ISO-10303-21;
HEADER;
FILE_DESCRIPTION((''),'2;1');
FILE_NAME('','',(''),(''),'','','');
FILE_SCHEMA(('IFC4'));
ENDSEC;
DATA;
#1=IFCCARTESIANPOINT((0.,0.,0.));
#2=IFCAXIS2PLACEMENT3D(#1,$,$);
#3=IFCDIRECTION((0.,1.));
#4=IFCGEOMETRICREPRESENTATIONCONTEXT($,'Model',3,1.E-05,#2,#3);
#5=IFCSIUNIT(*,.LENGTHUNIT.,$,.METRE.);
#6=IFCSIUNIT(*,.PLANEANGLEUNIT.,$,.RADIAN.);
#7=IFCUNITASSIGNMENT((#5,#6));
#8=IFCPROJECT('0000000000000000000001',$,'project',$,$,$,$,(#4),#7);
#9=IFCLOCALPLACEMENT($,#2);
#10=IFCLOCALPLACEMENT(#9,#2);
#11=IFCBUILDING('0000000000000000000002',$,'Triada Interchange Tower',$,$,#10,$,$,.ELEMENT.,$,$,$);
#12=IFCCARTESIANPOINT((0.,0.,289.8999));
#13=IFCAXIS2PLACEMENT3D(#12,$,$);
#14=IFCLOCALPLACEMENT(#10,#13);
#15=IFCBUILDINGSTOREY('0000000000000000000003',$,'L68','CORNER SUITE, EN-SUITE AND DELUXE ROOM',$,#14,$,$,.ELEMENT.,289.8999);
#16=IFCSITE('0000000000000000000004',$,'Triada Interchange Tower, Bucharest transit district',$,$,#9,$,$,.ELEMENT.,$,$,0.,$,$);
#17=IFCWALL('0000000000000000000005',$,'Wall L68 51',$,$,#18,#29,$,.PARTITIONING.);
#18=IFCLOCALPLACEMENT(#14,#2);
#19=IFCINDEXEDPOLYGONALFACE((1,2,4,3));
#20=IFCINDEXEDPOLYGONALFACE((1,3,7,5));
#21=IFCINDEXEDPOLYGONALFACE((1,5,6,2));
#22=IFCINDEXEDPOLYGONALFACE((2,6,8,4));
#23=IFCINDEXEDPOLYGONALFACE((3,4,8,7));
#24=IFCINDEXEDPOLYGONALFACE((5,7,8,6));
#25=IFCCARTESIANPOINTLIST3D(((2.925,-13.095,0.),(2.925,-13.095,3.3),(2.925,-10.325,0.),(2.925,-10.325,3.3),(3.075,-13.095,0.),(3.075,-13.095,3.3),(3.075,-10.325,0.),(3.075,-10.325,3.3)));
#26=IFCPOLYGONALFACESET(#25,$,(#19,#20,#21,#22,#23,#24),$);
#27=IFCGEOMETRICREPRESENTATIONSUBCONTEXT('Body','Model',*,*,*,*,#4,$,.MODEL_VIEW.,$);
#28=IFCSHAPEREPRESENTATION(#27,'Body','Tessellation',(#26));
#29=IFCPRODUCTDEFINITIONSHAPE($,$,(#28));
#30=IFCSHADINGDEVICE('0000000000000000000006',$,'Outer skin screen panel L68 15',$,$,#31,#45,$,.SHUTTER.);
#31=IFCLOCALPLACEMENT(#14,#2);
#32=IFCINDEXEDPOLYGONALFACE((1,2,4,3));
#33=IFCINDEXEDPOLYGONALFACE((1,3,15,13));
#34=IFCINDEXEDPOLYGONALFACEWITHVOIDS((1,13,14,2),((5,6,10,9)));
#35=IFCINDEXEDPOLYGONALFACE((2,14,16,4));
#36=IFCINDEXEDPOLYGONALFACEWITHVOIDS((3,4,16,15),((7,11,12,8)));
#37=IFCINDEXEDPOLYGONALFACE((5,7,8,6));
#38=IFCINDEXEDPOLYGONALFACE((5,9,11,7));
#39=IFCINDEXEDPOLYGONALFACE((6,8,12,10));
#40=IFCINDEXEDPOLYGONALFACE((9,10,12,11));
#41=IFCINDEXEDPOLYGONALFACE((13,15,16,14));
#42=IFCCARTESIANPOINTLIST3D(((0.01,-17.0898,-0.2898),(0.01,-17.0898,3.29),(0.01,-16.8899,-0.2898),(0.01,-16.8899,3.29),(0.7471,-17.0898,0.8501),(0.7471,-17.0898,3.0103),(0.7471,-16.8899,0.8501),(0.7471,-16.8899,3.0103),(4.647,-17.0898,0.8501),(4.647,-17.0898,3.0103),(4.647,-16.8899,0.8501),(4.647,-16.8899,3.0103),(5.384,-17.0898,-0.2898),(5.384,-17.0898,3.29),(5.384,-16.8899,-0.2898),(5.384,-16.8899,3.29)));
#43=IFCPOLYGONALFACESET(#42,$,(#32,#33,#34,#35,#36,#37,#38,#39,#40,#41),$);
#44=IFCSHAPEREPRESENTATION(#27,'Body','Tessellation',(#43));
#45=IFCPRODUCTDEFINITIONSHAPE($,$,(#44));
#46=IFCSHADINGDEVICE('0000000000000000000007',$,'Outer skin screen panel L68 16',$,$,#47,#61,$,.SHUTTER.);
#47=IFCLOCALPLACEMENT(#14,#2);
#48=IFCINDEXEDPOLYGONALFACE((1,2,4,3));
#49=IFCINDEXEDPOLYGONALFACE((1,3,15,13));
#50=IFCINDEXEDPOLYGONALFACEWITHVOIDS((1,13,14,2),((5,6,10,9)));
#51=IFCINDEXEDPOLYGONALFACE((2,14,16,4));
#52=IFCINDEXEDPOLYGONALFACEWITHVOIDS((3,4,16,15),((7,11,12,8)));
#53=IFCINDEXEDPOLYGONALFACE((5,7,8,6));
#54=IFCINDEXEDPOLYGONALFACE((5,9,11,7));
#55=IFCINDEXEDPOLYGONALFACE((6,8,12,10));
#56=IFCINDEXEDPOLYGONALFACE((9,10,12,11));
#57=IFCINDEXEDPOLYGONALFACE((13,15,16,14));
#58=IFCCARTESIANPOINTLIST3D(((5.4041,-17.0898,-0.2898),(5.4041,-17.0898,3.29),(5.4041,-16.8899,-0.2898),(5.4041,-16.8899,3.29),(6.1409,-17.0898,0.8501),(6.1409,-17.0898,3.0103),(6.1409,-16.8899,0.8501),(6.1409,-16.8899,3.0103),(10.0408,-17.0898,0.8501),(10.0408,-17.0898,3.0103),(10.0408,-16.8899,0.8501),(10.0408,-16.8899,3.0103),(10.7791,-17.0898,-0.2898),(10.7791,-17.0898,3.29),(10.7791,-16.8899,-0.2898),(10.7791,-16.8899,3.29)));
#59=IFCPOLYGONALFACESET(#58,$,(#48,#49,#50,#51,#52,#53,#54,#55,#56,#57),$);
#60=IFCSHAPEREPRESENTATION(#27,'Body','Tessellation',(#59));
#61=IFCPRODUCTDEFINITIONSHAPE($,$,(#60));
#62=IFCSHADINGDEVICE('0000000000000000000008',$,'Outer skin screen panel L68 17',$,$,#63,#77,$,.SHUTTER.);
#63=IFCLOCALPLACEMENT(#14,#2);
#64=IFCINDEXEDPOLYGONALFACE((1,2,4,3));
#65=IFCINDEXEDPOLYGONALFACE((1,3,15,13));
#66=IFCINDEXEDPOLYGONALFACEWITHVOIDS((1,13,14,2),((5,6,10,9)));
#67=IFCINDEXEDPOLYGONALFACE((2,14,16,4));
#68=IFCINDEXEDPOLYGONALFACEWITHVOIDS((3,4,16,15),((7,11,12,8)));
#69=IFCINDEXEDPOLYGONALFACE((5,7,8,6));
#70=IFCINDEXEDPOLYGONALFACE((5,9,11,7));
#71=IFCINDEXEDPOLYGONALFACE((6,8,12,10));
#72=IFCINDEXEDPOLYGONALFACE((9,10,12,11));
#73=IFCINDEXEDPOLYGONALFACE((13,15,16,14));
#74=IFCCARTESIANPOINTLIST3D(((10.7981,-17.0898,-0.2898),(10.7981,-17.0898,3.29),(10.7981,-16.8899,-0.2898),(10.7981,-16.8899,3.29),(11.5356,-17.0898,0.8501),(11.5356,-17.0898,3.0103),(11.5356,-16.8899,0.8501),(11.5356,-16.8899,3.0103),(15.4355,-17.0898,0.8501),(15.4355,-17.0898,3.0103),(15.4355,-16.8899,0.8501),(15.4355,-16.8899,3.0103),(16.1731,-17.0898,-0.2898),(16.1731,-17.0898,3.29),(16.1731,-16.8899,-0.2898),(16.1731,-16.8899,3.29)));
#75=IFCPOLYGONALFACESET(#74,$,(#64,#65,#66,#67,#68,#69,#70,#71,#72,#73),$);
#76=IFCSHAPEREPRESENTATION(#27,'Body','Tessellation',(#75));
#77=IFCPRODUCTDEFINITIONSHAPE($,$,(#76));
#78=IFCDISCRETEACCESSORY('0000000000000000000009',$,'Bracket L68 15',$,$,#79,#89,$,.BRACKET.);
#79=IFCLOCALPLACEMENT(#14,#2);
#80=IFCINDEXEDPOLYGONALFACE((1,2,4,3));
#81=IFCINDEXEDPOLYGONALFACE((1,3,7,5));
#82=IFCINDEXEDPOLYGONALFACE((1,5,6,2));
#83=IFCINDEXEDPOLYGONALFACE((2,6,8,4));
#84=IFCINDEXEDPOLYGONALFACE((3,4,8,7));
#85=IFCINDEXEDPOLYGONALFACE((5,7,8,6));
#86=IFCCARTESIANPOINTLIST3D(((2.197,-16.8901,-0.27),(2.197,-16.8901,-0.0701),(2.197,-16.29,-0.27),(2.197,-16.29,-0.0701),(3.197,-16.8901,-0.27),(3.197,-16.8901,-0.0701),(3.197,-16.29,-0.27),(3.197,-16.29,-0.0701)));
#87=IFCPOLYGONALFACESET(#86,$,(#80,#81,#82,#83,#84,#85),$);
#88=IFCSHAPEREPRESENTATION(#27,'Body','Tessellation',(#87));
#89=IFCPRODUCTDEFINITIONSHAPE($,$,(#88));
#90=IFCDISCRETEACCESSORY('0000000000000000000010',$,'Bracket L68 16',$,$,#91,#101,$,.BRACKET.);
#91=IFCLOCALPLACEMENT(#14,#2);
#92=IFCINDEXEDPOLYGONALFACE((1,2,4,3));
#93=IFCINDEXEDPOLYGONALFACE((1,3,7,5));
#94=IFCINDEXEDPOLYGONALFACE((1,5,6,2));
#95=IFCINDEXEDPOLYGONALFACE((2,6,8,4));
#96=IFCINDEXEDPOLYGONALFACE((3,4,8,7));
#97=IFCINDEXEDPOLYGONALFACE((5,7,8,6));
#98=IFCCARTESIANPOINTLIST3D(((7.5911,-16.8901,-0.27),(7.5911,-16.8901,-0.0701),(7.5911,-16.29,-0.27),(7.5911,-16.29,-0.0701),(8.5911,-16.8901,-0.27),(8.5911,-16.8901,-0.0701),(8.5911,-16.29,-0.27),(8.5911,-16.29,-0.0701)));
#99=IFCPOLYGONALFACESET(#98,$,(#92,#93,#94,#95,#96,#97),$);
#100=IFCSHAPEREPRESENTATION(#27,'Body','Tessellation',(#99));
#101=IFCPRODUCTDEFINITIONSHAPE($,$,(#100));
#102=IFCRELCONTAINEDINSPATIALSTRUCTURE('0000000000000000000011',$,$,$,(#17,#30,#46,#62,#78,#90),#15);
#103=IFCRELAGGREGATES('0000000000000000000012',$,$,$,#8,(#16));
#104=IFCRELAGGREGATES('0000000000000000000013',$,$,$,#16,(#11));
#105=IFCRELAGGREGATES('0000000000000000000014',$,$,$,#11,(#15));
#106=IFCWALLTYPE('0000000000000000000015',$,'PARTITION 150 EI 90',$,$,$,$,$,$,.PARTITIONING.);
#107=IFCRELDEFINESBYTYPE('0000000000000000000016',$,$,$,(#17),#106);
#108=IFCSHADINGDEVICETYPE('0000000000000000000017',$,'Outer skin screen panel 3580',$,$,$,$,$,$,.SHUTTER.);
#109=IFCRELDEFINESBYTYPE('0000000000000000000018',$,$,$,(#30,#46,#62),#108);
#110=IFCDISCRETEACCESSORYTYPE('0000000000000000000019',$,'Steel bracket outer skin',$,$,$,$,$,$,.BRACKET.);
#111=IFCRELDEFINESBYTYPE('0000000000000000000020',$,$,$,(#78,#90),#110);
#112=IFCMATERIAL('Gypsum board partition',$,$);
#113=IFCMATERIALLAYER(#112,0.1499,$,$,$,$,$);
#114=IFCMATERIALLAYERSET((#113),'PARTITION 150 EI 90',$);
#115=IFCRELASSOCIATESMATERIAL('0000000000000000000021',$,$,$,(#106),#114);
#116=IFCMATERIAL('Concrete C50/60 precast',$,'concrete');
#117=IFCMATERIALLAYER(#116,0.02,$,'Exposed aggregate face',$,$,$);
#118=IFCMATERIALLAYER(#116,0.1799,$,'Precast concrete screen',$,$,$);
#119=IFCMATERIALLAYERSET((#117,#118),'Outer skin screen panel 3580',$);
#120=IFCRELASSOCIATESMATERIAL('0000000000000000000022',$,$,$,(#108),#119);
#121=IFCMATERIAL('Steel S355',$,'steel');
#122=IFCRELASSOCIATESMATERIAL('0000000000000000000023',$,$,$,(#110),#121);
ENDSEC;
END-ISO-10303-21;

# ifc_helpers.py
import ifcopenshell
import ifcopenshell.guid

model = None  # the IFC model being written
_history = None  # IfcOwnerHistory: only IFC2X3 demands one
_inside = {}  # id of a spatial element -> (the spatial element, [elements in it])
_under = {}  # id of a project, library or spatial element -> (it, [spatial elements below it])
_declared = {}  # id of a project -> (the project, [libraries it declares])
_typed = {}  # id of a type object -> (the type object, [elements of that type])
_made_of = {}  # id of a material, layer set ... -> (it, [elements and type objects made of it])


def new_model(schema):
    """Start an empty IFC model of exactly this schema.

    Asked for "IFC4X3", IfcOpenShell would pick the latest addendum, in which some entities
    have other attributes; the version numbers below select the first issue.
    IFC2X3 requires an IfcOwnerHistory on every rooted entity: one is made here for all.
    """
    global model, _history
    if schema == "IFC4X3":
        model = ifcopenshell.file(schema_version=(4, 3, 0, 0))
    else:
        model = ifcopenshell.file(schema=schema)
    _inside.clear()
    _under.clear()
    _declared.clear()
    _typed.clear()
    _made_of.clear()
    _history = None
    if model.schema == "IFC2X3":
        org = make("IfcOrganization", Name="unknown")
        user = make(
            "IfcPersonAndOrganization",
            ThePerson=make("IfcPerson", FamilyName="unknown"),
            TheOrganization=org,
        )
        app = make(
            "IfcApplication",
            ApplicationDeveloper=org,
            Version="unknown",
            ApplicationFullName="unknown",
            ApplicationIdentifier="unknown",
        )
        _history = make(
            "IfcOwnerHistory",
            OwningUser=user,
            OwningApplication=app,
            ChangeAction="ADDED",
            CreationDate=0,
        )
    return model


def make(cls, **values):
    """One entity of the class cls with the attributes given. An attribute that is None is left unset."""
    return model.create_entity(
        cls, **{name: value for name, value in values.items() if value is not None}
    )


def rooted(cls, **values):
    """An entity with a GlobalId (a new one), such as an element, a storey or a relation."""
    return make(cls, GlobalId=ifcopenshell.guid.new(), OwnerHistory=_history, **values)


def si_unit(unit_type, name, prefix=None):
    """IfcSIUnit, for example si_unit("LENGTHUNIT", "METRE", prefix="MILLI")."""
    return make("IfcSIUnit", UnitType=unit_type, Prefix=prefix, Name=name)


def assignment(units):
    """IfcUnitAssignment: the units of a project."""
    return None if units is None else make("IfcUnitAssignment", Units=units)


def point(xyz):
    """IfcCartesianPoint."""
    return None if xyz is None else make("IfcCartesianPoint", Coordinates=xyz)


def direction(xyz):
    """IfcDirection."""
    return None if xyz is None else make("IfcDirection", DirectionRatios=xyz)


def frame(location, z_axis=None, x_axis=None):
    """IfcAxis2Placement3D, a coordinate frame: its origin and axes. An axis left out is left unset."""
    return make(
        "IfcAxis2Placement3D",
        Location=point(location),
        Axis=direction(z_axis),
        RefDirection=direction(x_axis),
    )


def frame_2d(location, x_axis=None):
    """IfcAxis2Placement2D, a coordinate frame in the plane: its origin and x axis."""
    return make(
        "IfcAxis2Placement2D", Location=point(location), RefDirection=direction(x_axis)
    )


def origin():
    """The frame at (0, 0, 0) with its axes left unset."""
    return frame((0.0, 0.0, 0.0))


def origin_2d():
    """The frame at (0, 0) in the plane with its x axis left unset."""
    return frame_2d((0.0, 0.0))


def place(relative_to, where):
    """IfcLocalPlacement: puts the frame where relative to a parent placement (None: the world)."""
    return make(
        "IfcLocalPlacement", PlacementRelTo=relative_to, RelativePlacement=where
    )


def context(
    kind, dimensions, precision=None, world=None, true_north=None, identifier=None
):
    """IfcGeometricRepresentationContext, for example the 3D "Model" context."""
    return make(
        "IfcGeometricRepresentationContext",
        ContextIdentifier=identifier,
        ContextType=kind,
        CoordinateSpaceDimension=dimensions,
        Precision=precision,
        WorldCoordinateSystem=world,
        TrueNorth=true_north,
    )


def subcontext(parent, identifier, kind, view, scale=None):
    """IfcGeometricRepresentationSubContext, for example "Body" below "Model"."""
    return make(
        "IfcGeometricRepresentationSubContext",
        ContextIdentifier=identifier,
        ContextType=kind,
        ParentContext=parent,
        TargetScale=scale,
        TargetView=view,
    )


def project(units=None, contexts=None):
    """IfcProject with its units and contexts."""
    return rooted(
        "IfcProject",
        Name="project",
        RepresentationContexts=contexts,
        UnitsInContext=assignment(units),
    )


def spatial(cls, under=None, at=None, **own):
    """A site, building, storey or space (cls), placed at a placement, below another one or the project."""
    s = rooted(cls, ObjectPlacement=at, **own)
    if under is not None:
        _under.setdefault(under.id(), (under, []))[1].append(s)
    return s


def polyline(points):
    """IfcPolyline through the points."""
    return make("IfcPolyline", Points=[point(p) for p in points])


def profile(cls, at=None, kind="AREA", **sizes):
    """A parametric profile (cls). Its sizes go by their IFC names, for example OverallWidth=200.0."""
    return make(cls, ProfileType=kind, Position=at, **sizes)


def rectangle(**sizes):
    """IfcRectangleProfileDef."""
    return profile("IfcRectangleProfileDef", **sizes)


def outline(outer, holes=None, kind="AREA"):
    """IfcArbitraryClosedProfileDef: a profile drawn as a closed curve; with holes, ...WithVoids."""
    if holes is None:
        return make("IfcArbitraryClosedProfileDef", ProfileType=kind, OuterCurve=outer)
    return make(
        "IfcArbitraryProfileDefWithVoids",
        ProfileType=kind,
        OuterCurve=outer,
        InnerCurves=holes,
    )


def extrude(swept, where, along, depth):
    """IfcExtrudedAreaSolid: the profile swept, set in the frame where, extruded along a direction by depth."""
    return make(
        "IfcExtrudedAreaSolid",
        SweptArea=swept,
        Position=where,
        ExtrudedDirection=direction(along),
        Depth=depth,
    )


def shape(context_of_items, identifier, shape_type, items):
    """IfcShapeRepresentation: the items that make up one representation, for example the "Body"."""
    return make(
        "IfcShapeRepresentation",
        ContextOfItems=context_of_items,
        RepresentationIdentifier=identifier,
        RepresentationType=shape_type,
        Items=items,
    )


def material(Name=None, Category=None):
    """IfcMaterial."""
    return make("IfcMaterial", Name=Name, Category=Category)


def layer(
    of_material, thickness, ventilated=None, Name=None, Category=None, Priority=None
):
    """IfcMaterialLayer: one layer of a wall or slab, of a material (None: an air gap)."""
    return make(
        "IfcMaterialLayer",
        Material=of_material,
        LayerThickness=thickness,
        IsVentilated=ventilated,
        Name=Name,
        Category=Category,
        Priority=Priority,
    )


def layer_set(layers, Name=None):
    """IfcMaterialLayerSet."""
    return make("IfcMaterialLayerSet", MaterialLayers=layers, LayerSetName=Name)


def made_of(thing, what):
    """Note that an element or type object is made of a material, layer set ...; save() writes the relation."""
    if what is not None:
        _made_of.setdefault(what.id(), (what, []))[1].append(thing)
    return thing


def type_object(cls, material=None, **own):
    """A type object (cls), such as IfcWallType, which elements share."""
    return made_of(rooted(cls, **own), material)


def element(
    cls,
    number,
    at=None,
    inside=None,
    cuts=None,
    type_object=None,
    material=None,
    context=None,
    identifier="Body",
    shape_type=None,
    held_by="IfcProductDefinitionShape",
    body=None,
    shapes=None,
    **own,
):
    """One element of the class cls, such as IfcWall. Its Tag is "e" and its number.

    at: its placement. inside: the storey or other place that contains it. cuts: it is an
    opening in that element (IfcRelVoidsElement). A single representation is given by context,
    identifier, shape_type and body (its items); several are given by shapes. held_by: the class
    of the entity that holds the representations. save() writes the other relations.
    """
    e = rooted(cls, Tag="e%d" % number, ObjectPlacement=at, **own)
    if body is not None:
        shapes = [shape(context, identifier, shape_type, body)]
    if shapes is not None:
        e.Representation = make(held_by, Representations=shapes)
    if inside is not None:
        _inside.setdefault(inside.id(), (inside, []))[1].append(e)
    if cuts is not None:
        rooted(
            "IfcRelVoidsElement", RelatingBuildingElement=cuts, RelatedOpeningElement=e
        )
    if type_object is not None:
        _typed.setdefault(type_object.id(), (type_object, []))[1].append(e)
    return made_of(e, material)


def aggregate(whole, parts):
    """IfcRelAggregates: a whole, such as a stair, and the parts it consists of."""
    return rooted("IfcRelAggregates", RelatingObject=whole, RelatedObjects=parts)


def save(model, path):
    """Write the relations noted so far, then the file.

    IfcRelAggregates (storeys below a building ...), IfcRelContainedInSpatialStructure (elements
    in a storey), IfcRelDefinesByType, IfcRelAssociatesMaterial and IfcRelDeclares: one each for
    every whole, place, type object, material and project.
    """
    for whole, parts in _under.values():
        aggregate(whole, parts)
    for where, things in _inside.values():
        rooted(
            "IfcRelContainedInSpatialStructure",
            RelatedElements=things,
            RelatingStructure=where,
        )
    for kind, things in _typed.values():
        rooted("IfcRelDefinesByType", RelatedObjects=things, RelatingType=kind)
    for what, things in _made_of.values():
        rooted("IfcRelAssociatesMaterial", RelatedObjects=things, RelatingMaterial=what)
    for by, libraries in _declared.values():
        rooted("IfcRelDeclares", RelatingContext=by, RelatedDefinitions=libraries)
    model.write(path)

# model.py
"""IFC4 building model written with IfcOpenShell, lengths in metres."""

from ifc_helpers import new_model, si_unit, direction, frame, frame_2d, origin, origin_2d, place, context, subcontext, project, spatial, polyline, rectangle, outline, extrude, material, layer, layer_set, type_object, element, save


model = new_model("IFC4")

# Units and contexts
model_context = context("Model", 3, precision=1e-05, world=origin(), true_north=direction((0.0, 1.0)))
body_context = subcontext(model_context, "Body", "Model", "MODEL_VIEW")
ifc_project = project(units=[si_unit("LENGTHUNIT", "METRE"), si_unit("PLANEANGLEUNIT", "RADIAN")], contexts=[model_context])

# Site, building, storey
site_placement = place(None, origin())
site = spatial("IfcSite", under=ifc_project, at=site_placement, Name="Triada Interchange Tower, Bucharest transit district", CompositionType="ELEMENT", RefElevation=0.0)
building_placement = place(site_placement, origin())
building = spatial("IfcBuilding", under=site, at=building_placement, Name="Triada Interchange Tower", CompositionType="ELEMENT")
storey_placement = place(building_placement, frame((0.0, 0.0, 289.8999)))
storey = spatial("IfcBuildingStorey", under=building, at=storey_placement, Name="L68", Description="CORNER SUITE, EN-SUITE AND DELUXE ROOM", CompositionType="ELEMENT", Elevation=289.8999)

# Shared definitions
ifc_material_1 = material(Name="Gypsum board partition")
ifc_layer_1 = layer(ifc_material_1, 0.1499)
ifc_layer_set_1 = layer_set([ifc_layer_1], Name="PARTITION 150 EI 90")
wall_type_1 = type_object("IfcWallType", Name="PARTITION 150 EI 90", PredefinedType="PARTITIONING", material=ifc_layer_set_1)

# Wall
wall_1_placement = place(storey_placement, frame((3.0, -13.095, 0.0), z_axis=(0.0, 0.0, 1.0), x_axis=(0.0, 1.0, 0.0)))
element("IfcWall", 1, at=wall_1_placement, inside=storey, type_object=wall_type_1, Name="Wall L68 51", PredefinedType="PARTITIONING", context=body_context, shape_type="SweptSolid", body=[
    extrude(rectangle(XDim=2.77, YDim=0.1499, at=frame_2d((1.385, 0.0))), origin(), (0.0, 0.0, 1.0), 3.3),
])

# Shading devices
ifc_material_2 = material(Name="Concrete C50/60 precast", Category="concrete")
ifc_layer_2 = layer(ifc_material_2, 0.02, Name="Exposed aggregate face")
ifc_layer_3 = layer(ifc_material_2, 0.1799, Name="Precast concrete screen")
ifc_layer_set_2 = layer_set([ifc_layer_2, ifc_layer_3], Name="Outer skin screen panel 3580")
shading_device_type = type_object("IfcShadingDeviceType", Name="Outer skin screen panel 3580", PredefinedType="SHUTTER", material=ifc_layer_set_2)
shading_device_1_placement = place(storey_placement, frame((0.01, -16.8899, -0.2898), z_axis=(0.0, 0.0, 1.0), x_axis=(1.0, 0.0, 0.0)))
element("IfcShadingDevice", 2, at=shading_device_1_placement, inside=storey, type_object=shading_device_type, Name="Outer skin screen panel L68 15", PredefinedType="SHUTTER", context=body_context, shape_type="SweptSolid", body=[
    extrude(outline(polyline([(0.0, 0.0), (5.374, 0.0), (5.374, 3.5798), (0.0, 3.5798), (0.0, 0.0)]), holes=[polyline([(0.7371, 1.1399), (0.7371, 3.3), (4.637, 3.3), (4.637, 1.1399), (0.7371, 1.1399)])]), frame((0.0, 0.0, 0.0), z_axis=(0.0, -1.0, 0.0), x_axis=(1.0, 0.0, 0.0)), (0.0, 0.0, 1.0), 0.2),
])
shading_device_2_placement = place(storey_placement, frame((5.4041, -16.8899, -0.2898), z_axis=(0.0, 0.0, 1.0), x_axis=(1.0, 0.0, 0.0)))
element("IfcShadingDevice", 3, at=shading_device_2_placement, inside=storey, type_object=shading_device_type, Name="Outer skin screen panel L68 16", PredefinedType="SHUTTER", context=body_context, shape_type="SweptSolid", body=[
    extrude(outline(polyline([(0.0, 0.0), (5.375, 0.0), (5.375, 3.5798), (0.0, 3.5798), (0.0, 0.0)]), holes=[polyline([(0.7368, 1.1399), (0.7368, 3.3), (4.6367, 3.3), (4.6367, 1.1399), (0.7368, 1.1399)])]), frame((0.0, 0.0, 0.0), z_axis=(0.0, -1.0, 0.0), x_axis=(1.0, 0.0, 0.0)), (0.0, 0.0, 1.0), 0.2),
])
shading_device_3_placement = place(storey_placement, frame((10.7981, -16.8899, -0.2898), z_axis=(0.0, 0.0, 1.0), x_axis=(1.0, 0.0, 0.0)))
element("IfcShadingDevice", 4, at=shading_device_3_placement, inside=storey, type_object=shading_device_type, Name="Outer skin screen panel L68 17", PredefinedType="SHUTTER", context=body_context, shape_type="SweptSolid", body=[
    extrude(outline(polyline([(0.0, 0.0), (5.375, 0.0), (5.375, 3.5798), (0.0, 3.5798), (0.0, 0.0)]), holes=[polyline([(0.7375, 1.1399), (0.7375, 3.3), (4.6375, 3.3), (4.6375, 1.1399), (0.7375, 1.1399)])]), frame((0.0, 0.0, 0.0), z_axis=(0.0, -1.0, 0.0), x_axis=(1.0, 0.0, 0.0)), (0.0, 0.0, 1.0), 0.2),
])

# Discrete accessories
ifc_material_3 = material(Name="Steel S355", Category="steel")
discrete_accessory_type = type_object("IfcDiscreteAccessoryType", Name="Steel bracket outer skin", PredefinedType="BRACKET", material=ifc_material_3)
for number, where, z_axis, x_axis, name in (
    (5, (2.697, -16.5901, -0.27), (0.0, 0.0, 1.0), (0.0, -1.0, 0.0), "Bracket L68 15"),
    (6, (8.0911, -16.5901, -0.27), (0.0, 0.0, 1.0), (0.0, -1.0, 0.0), "Bracket L68 16"),
):
    element("IfcDiscreteAccessory", number, at=place(storey_placement, frame(where, z_axis=z_axis, x_axis=x_axis)), inside=storey, type_object=discrete_accessory_type, Name=name, PredefinedType="BRACKET", context=body_context, shape_type="SweptSolid", body=[
        extrude(rectangle(XDim=0.6001, YDim=1.0, at=origin_2d()), origin(), (0.0, 0.0, 1.0), 0.2),
    ])

save(model, "model.ifc")
